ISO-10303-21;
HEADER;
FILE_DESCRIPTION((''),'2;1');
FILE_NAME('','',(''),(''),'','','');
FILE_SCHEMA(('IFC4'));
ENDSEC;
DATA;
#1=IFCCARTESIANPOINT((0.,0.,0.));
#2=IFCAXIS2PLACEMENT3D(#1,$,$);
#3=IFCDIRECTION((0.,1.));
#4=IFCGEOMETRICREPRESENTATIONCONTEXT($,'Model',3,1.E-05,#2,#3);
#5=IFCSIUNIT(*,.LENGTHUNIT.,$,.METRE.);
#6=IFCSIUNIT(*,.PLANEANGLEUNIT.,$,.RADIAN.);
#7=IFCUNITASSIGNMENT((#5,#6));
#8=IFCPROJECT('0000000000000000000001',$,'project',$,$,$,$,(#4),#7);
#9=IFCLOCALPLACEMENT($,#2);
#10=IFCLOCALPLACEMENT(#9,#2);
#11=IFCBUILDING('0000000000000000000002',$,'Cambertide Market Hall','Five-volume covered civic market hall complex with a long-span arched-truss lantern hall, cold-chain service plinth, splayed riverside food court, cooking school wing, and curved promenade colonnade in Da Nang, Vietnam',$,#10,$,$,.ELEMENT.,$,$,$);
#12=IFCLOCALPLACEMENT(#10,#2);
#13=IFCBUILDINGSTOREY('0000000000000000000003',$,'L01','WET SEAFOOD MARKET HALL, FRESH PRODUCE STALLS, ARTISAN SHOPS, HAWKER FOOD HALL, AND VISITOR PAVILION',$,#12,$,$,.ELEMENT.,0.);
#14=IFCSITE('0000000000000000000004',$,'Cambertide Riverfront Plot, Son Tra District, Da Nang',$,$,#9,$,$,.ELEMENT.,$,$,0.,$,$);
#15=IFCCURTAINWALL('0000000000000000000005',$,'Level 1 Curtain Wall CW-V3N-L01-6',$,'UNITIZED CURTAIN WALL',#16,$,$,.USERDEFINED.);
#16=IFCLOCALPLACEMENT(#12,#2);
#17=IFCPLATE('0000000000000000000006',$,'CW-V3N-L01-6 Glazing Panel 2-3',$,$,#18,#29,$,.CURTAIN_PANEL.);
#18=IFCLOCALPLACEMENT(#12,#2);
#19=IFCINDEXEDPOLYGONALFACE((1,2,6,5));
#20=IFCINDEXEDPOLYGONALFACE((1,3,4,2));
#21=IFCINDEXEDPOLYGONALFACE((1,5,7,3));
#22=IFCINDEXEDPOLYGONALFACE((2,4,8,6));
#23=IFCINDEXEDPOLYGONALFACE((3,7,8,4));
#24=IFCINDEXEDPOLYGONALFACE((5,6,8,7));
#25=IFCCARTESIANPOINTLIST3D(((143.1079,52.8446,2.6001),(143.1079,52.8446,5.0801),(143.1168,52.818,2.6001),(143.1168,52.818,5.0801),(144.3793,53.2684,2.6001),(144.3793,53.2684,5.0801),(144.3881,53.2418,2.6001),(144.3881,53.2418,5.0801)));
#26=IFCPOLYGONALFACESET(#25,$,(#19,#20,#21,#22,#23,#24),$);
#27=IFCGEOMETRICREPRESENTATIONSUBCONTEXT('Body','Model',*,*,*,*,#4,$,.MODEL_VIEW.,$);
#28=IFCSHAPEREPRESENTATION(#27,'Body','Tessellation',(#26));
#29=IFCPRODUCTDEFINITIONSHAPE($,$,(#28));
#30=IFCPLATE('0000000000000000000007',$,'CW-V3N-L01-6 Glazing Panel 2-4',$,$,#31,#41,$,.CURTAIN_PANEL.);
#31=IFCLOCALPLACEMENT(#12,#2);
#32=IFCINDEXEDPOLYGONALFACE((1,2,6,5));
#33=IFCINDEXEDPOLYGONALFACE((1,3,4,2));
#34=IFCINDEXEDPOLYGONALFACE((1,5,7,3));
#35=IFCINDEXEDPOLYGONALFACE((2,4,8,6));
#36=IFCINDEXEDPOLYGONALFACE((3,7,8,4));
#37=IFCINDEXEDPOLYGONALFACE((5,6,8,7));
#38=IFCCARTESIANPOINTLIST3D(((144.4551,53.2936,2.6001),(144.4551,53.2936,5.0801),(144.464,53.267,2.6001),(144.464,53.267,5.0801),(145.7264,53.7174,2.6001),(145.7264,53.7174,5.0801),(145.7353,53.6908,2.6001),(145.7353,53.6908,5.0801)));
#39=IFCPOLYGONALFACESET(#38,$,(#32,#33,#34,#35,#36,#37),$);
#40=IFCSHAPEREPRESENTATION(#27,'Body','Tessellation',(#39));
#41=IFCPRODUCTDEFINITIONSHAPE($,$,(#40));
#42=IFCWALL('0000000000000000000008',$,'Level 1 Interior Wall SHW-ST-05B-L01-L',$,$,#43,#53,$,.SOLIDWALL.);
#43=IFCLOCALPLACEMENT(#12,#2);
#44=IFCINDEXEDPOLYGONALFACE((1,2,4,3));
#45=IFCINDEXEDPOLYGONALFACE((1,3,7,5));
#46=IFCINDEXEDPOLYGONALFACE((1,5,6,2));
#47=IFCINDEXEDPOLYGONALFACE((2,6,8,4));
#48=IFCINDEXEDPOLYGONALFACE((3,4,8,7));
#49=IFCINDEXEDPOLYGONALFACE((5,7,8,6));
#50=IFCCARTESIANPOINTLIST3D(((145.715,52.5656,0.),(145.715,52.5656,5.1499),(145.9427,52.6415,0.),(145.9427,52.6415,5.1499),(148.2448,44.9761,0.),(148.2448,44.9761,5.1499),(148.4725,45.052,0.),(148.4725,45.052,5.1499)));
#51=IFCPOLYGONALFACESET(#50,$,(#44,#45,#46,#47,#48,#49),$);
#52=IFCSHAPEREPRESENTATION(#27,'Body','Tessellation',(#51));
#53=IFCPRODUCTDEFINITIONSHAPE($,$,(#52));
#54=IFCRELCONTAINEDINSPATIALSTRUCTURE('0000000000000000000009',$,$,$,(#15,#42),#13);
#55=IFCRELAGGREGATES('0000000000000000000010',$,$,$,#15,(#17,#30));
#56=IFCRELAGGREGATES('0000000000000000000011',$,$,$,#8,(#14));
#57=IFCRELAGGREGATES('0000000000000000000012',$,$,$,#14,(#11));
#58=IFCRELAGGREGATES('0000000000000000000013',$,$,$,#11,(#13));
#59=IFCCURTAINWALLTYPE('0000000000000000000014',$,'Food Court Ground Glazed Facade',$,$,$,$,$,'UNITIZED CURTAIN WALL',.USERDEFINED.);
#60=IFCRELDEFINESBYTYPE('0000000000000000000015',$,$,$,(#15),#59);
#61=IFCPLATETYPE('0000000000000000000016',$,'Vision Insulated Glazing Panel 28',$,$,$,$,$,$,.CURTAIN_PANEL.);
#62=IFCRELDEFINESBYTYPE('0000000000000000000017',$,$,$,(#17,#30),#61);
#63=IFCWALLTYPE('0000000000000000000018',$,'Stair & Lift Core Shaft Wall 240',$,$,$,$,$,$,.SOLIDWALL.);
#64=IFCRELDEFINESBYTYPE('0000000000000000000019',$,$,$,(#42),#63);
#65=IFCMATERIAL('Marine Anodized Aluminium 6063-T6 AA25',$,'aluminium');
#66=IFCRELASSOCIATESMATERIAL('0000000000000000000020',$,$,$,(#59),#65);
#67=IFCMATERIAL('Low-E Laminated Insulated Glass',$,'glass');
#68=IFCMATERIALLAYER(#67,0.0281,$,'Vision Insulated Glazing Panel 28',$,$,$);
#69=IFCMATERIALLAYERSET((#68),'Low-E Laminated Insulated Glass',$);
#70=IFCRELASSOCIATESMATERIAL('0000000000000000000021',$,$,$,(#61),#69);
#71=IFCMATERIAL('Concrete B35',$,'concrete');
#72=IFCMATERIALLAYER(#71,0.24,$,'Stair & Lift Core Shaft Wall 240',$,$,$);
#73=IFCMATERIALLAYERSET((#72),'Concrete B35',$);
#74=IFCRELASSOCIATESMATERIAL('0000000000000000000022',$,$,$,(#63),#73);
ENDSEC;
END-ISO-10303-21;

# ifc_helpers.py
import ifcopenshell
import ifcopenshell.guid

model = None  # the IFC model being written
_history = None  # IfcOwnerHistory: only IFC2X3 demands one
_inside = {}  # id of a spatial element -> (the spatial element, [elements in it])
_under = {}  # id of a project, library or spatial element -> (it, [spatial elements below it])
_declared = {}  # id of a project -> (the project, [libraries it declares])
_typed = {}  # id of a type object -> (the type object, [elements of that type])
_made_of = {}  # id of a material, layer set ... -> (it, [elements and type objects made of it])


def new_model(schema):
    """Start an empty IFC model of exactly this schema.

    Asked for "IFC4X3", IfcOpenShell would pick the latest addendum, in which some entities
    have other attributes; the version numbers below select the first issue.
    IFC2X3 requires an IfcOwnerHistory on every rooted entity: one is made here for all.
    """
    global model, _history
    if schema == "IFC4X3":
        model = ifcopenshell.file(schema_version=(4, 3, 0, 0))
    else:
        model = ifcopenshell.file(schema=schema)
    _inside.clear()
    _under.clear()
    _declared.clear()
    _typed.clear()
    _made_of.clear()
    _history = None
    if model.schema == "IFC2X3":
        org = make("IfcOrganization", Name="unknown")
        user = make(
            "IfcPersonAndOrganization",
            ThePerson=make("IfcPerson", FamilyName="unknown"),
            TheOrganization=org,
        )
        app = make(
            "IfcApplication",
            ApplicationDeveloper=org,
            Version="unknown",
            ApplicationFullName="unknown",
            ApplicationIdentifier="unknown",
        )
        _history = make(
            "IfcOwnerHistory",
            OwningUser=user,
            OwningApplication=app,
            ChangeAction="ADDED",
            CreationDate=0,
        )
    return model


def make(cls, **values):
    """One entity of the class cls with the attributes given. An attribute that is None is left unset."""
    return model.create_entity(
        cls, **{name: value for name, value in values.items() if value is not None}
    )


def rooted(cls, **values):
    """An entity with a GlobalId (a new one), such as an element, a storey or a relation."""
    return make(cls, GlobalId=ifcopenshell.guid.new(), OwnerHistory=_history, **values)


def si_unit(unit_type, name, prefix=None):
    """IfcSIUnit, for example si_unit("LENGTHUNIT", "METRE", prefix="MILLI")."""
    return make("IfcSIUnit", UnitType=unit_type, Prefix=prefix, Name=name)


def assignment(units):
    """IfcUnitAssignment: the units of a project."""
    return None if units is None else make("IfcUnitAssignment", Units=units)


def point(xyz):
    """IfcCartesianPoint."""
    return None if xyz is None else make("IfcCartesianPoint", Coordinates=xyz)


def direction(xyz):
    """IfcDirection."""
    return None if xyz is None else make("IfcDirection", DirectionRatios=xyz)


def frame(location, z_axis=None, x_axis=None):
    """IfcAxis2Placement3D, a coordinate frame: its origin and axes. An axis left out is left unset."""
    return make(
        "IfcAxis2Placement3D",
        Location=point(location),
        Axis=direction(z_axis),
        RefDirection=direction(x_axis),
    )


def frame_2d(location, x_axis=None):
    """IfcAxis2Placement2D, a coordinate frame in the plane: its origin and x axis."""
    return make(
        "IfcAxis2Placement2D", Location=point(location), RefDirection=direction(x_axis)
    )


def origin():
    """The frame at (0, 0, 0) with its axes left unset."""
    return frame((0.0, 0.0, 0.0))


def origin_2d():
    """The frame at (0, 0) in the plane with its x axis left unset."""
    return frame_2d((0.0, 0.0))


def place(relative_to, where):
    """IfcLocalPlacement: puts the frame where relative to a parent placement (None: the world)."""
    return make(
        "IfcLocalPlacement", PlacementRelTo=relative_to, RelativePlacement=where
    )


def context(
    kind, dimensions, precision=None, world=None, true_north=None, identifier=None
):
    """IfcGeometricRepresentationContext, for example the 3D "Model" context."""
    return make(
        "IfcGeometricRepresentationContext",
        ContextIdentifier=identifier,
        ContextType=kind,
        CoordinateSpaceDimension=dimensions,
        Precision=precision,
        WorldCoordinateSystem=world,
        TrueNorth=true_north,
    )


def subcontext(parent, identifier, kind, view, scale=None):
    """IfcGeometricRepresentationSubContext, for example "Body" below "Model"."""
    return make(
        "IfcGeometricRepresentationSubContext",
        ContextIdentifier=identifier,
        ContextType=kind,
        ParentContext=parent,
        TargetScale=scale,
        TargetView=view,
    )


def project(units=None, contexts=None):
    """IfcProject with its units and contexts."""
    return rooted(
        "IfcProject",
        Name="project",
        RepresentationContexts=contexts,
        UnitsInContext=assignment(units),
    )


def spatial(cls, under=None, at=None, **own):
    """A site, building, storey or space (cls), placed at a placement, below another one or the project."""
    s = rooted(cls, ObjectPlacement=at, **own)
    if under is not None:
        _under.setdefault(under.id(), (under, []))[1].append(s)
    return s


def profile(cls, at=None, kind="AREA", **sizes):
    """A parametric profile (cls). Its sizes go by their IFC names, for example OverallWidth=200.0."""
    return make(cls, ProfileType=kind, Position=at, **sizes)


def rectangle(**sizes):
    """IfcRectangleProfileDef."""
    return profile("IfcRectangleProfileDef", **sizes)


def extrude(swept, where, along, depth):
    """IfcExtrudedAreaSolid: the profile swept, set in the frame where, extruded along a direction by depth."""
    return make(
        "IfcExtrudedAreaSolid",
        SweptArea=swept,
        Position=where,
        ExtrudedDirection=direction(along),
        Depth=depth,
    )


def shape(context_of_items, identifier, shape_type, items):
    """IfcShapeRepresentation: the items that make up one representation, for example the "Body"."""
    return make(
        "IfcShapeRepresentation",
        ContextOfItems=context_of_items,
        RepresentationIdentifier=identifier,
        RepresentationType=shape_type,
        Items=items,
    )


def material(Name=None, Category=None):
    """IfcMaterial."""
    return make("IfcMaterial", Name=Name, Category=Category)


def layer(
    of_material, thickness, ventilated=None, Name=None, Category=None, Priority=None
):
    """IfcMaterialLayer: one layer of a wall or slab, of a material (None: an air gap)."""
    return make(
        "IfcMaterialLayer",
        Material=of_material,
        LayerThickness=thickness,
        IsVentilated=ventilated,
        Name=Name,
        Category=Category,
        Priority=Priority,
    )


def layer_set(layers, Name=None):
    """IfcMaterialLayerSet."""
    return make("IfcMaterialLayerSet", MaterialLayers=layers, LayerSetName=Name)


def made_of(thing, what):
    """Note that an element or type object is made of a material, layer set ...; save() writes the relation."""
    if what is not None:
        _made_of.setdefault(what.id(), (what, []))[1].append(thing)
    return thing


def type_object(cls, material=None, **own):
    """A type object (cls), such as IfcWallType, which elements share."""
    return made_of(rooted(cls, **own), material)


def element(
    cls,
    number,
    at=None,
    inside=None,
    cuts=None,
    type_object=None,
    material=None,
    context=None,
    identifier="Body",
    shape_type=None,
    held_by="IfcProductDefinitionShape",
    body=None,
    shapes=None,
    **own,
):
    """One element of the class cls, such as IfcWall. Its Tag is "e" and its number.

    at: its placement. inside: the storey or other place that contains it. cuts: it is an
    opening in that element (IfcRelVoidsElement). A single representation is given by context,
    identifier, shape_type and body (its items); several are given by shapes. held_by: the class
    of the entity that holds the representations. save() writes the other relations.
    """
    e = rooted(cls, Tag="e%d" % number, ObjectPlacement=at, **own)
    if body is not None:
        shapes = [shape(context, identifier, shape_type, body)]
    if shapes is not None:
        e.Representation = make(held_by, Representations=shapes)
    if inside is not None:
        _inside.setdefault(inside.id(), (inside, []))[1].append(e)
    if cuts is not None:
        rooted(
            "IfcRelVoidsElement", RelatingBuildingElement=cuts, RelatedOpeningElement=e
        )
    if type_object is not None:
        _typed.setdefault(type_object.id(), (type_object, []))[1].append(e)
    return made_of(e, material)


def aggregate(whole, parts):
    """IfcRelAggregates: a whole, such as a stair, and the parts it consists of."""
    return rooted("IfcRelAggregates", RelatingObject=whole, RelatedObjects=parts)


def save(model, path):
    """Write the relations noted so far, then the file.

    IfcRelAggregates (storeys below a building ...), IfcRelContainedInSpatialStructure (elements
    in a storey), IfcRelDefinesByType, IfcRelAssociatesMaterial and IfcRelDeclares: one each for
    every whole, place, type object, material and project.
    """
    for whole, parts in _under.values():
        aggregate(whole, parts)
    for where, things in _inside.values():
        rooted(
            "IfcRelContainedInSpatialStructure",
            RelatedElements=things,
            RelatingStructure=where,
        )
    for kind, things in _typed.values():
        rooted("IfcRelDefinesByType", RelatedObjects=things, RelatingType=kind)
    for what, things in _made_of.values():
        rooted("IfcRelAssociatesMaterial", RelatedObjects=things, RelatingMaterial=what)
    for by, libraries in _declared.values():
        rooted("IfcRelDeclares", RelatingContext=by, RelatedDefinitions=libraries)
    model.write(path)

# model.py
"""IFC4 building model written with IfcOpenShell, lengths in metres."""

from ifc_helpers import new_model, si_unit, direction, frame, frame_2d, origin, origin_2d, place, context, subcontext, project, spatial, rectangle, extrude, material, layer, layer_set, type_object, element, aggregate, save


model = new_model("IFC4")

# Units and contexts
model_context = context("Model", 3, precision=1e-05, world=origin(), true_north=direction((0.0, 1.0)))
body_context = subcontext(model_context, "Body", "Model", "MODEL_VIEW")
ifc_project = project(units=[si_unit("LENGTHUNIT", "METRE"), si_unit("PLANEANGLEUNIT", "RADIAN")], contexts=[model_context])

# Site, building, storey
site_placement = place(None, origin())
site = spatial("IfcSite", under=ifc_project, at=site_placement, Name="Cambertide Riverfront Plot, Son Tra District, Da Nang", CompositionType="ELEMENT", RefElevation=0.0)
building_placement = place(site_placement, origin())
building = spatial("IfcBuilding", under=site, at=building_placement, Name="Cambertide Market Hall", Description="Five-volume covered civic market hall complex with a long-span arched-truss lantern hall, cold-chain service plinth, splayed riverside food court, cooking school wing, and curved promenade colonnade in Da Nang, Vietnam", CompositionType="ELEMENT")
storey_placement = place(building_placement, origin())
storey = spatial("IfcBuildingStorey", under=building, at=storey_placement, Name="L01", Description="WET SEAFOOD MARKET HALL, FRESH PRODUCE STALLS, ARTISAN SHOPS, HAWKER FOOD HALL, AND VISITOR PAVILION", CompositionType="ELEMENT", Elevation=0.0)

# Curtain wall, plates
ifc_material_1 = material(Name="Marine Anodized Aluminium 6063-T6 AA25", Category="aluminium")
curtain_wall_type = type_object("IfcCurtainWallType", Name="Food Court Ground Glazed Facade", ElementType="UNITIZED CURTAIN WALL", PredefinedType="USERDEFINED", material=ifc_material_1)
curtain_wall_placement = place(storey_placement, origin())
curtain_wall = element("IfcCurtainWall", 1, at=curtain_wall_placement, inside=storey, type_object=curtain_wall_type, Name="Level 1 Curtain Wall CW-V3N-L01-6", ObjectType="UNITIZED CURTAIN WALL", PredefinedType="USERDEFINED")
ifc_material_2 = material(Name="Low-E Laminated Insulated Glass", Category="glass")
ifc_layer_1 = layer(ifc_material_2, 0.0281, Name="Vision Insulated Glazing Panel 28")
ifc_layer_set_1 = layer_set([ifc_layer_1], Name="Low-E Laminated Insulated Glass")
plate_type = type_object("IfcPlateType", Name="Vision Insulated Glazing Panel 28", PredefinedType="CURTAIN_PANEL", material=ifc_layer_set_1)
plate_1_placement = place(storey_placement, frame((143.748, 53.0432, 2.6001), z_axis=(0.0, 0.0, 1.0), x_axis=(0.948683, 0.316228, 0.0)))
plate_1 = element("IfcPlate", 2, at=plate_1_placement, type_object=plate_type, Name="CW-V3N-L01-6 Glazing Panel 2-3", PredefinedType="CURTAIN_PANEL", context=body_context, shape_type="SweptSolid", body=[
    extrude(rectangle(XDim=1.3401, YDim=0.0281, at=origin_2d()), origin(), (0.0, 0.0, 1.0), 2.48),
])
plate_2_placement = place(storey_placement, frame((145.0952, 53.4922, 2.6001), z_axis=(0.0, 0.0, 1.0), x_axis=(0.948683, 0.316228, 0.0)))
plate_2 = element("IfcPlate", 3, at=plate_2_placement, type_object=plate_type, Name="CW-V3N-L01-6 Glazing Panel 2-4", PredefinedType="CURTAIN_PANEL", context=body_context, shape_type="SweptSolid", body=[
    extrude(rectangle(XDim=1.3401, YDim=0.0281, at=origin_2d()), origin(), (0.0, 0.0, 1.0), 2.48),
])
aggregate(curtain_wall, [plate_1, plate_2])

# Wall
ifc_material_3 = material(Name="Concrete B35", Category="concrete")
ifc_layer_2 = layer(ifc_material_3, 0.24, Name="Stair & Lift Core Shaft Wall 240")
ifc_layer_set_2 = layer_set([ifc_layer_2], Name="Concrete B35")
wall_type = type_object("IfcWallType", Name="Stair & Lift Core Shaft Wall 240", PredefinedType="SOLIDWALL", material=ifc_layer_set_2)
wall_placement = place(storey_placement, frame((145.8289, 52.6035, 0.0), z_axis=(0.0, 0.0, 1.0), x_axis=(0.316228, -0.948683, 0.0)))
element("IfcWall", 4, at=wall_placement, inside=storey, type_object=wall_type, Name="Level 1 Interior Wall SHW-ST-05B-L01-L", PredefinedType="SOLIDWALL", context=body_context, shape_type="SweptSolid", body=[
    extrude(rectangle(XDim=8.0, YDim=0.24, at=frame_2d((4.0, 0.0))), origin(), (0.0, 0.0, 1.0), 5.1499),
])

save(model, "model.ifc")
